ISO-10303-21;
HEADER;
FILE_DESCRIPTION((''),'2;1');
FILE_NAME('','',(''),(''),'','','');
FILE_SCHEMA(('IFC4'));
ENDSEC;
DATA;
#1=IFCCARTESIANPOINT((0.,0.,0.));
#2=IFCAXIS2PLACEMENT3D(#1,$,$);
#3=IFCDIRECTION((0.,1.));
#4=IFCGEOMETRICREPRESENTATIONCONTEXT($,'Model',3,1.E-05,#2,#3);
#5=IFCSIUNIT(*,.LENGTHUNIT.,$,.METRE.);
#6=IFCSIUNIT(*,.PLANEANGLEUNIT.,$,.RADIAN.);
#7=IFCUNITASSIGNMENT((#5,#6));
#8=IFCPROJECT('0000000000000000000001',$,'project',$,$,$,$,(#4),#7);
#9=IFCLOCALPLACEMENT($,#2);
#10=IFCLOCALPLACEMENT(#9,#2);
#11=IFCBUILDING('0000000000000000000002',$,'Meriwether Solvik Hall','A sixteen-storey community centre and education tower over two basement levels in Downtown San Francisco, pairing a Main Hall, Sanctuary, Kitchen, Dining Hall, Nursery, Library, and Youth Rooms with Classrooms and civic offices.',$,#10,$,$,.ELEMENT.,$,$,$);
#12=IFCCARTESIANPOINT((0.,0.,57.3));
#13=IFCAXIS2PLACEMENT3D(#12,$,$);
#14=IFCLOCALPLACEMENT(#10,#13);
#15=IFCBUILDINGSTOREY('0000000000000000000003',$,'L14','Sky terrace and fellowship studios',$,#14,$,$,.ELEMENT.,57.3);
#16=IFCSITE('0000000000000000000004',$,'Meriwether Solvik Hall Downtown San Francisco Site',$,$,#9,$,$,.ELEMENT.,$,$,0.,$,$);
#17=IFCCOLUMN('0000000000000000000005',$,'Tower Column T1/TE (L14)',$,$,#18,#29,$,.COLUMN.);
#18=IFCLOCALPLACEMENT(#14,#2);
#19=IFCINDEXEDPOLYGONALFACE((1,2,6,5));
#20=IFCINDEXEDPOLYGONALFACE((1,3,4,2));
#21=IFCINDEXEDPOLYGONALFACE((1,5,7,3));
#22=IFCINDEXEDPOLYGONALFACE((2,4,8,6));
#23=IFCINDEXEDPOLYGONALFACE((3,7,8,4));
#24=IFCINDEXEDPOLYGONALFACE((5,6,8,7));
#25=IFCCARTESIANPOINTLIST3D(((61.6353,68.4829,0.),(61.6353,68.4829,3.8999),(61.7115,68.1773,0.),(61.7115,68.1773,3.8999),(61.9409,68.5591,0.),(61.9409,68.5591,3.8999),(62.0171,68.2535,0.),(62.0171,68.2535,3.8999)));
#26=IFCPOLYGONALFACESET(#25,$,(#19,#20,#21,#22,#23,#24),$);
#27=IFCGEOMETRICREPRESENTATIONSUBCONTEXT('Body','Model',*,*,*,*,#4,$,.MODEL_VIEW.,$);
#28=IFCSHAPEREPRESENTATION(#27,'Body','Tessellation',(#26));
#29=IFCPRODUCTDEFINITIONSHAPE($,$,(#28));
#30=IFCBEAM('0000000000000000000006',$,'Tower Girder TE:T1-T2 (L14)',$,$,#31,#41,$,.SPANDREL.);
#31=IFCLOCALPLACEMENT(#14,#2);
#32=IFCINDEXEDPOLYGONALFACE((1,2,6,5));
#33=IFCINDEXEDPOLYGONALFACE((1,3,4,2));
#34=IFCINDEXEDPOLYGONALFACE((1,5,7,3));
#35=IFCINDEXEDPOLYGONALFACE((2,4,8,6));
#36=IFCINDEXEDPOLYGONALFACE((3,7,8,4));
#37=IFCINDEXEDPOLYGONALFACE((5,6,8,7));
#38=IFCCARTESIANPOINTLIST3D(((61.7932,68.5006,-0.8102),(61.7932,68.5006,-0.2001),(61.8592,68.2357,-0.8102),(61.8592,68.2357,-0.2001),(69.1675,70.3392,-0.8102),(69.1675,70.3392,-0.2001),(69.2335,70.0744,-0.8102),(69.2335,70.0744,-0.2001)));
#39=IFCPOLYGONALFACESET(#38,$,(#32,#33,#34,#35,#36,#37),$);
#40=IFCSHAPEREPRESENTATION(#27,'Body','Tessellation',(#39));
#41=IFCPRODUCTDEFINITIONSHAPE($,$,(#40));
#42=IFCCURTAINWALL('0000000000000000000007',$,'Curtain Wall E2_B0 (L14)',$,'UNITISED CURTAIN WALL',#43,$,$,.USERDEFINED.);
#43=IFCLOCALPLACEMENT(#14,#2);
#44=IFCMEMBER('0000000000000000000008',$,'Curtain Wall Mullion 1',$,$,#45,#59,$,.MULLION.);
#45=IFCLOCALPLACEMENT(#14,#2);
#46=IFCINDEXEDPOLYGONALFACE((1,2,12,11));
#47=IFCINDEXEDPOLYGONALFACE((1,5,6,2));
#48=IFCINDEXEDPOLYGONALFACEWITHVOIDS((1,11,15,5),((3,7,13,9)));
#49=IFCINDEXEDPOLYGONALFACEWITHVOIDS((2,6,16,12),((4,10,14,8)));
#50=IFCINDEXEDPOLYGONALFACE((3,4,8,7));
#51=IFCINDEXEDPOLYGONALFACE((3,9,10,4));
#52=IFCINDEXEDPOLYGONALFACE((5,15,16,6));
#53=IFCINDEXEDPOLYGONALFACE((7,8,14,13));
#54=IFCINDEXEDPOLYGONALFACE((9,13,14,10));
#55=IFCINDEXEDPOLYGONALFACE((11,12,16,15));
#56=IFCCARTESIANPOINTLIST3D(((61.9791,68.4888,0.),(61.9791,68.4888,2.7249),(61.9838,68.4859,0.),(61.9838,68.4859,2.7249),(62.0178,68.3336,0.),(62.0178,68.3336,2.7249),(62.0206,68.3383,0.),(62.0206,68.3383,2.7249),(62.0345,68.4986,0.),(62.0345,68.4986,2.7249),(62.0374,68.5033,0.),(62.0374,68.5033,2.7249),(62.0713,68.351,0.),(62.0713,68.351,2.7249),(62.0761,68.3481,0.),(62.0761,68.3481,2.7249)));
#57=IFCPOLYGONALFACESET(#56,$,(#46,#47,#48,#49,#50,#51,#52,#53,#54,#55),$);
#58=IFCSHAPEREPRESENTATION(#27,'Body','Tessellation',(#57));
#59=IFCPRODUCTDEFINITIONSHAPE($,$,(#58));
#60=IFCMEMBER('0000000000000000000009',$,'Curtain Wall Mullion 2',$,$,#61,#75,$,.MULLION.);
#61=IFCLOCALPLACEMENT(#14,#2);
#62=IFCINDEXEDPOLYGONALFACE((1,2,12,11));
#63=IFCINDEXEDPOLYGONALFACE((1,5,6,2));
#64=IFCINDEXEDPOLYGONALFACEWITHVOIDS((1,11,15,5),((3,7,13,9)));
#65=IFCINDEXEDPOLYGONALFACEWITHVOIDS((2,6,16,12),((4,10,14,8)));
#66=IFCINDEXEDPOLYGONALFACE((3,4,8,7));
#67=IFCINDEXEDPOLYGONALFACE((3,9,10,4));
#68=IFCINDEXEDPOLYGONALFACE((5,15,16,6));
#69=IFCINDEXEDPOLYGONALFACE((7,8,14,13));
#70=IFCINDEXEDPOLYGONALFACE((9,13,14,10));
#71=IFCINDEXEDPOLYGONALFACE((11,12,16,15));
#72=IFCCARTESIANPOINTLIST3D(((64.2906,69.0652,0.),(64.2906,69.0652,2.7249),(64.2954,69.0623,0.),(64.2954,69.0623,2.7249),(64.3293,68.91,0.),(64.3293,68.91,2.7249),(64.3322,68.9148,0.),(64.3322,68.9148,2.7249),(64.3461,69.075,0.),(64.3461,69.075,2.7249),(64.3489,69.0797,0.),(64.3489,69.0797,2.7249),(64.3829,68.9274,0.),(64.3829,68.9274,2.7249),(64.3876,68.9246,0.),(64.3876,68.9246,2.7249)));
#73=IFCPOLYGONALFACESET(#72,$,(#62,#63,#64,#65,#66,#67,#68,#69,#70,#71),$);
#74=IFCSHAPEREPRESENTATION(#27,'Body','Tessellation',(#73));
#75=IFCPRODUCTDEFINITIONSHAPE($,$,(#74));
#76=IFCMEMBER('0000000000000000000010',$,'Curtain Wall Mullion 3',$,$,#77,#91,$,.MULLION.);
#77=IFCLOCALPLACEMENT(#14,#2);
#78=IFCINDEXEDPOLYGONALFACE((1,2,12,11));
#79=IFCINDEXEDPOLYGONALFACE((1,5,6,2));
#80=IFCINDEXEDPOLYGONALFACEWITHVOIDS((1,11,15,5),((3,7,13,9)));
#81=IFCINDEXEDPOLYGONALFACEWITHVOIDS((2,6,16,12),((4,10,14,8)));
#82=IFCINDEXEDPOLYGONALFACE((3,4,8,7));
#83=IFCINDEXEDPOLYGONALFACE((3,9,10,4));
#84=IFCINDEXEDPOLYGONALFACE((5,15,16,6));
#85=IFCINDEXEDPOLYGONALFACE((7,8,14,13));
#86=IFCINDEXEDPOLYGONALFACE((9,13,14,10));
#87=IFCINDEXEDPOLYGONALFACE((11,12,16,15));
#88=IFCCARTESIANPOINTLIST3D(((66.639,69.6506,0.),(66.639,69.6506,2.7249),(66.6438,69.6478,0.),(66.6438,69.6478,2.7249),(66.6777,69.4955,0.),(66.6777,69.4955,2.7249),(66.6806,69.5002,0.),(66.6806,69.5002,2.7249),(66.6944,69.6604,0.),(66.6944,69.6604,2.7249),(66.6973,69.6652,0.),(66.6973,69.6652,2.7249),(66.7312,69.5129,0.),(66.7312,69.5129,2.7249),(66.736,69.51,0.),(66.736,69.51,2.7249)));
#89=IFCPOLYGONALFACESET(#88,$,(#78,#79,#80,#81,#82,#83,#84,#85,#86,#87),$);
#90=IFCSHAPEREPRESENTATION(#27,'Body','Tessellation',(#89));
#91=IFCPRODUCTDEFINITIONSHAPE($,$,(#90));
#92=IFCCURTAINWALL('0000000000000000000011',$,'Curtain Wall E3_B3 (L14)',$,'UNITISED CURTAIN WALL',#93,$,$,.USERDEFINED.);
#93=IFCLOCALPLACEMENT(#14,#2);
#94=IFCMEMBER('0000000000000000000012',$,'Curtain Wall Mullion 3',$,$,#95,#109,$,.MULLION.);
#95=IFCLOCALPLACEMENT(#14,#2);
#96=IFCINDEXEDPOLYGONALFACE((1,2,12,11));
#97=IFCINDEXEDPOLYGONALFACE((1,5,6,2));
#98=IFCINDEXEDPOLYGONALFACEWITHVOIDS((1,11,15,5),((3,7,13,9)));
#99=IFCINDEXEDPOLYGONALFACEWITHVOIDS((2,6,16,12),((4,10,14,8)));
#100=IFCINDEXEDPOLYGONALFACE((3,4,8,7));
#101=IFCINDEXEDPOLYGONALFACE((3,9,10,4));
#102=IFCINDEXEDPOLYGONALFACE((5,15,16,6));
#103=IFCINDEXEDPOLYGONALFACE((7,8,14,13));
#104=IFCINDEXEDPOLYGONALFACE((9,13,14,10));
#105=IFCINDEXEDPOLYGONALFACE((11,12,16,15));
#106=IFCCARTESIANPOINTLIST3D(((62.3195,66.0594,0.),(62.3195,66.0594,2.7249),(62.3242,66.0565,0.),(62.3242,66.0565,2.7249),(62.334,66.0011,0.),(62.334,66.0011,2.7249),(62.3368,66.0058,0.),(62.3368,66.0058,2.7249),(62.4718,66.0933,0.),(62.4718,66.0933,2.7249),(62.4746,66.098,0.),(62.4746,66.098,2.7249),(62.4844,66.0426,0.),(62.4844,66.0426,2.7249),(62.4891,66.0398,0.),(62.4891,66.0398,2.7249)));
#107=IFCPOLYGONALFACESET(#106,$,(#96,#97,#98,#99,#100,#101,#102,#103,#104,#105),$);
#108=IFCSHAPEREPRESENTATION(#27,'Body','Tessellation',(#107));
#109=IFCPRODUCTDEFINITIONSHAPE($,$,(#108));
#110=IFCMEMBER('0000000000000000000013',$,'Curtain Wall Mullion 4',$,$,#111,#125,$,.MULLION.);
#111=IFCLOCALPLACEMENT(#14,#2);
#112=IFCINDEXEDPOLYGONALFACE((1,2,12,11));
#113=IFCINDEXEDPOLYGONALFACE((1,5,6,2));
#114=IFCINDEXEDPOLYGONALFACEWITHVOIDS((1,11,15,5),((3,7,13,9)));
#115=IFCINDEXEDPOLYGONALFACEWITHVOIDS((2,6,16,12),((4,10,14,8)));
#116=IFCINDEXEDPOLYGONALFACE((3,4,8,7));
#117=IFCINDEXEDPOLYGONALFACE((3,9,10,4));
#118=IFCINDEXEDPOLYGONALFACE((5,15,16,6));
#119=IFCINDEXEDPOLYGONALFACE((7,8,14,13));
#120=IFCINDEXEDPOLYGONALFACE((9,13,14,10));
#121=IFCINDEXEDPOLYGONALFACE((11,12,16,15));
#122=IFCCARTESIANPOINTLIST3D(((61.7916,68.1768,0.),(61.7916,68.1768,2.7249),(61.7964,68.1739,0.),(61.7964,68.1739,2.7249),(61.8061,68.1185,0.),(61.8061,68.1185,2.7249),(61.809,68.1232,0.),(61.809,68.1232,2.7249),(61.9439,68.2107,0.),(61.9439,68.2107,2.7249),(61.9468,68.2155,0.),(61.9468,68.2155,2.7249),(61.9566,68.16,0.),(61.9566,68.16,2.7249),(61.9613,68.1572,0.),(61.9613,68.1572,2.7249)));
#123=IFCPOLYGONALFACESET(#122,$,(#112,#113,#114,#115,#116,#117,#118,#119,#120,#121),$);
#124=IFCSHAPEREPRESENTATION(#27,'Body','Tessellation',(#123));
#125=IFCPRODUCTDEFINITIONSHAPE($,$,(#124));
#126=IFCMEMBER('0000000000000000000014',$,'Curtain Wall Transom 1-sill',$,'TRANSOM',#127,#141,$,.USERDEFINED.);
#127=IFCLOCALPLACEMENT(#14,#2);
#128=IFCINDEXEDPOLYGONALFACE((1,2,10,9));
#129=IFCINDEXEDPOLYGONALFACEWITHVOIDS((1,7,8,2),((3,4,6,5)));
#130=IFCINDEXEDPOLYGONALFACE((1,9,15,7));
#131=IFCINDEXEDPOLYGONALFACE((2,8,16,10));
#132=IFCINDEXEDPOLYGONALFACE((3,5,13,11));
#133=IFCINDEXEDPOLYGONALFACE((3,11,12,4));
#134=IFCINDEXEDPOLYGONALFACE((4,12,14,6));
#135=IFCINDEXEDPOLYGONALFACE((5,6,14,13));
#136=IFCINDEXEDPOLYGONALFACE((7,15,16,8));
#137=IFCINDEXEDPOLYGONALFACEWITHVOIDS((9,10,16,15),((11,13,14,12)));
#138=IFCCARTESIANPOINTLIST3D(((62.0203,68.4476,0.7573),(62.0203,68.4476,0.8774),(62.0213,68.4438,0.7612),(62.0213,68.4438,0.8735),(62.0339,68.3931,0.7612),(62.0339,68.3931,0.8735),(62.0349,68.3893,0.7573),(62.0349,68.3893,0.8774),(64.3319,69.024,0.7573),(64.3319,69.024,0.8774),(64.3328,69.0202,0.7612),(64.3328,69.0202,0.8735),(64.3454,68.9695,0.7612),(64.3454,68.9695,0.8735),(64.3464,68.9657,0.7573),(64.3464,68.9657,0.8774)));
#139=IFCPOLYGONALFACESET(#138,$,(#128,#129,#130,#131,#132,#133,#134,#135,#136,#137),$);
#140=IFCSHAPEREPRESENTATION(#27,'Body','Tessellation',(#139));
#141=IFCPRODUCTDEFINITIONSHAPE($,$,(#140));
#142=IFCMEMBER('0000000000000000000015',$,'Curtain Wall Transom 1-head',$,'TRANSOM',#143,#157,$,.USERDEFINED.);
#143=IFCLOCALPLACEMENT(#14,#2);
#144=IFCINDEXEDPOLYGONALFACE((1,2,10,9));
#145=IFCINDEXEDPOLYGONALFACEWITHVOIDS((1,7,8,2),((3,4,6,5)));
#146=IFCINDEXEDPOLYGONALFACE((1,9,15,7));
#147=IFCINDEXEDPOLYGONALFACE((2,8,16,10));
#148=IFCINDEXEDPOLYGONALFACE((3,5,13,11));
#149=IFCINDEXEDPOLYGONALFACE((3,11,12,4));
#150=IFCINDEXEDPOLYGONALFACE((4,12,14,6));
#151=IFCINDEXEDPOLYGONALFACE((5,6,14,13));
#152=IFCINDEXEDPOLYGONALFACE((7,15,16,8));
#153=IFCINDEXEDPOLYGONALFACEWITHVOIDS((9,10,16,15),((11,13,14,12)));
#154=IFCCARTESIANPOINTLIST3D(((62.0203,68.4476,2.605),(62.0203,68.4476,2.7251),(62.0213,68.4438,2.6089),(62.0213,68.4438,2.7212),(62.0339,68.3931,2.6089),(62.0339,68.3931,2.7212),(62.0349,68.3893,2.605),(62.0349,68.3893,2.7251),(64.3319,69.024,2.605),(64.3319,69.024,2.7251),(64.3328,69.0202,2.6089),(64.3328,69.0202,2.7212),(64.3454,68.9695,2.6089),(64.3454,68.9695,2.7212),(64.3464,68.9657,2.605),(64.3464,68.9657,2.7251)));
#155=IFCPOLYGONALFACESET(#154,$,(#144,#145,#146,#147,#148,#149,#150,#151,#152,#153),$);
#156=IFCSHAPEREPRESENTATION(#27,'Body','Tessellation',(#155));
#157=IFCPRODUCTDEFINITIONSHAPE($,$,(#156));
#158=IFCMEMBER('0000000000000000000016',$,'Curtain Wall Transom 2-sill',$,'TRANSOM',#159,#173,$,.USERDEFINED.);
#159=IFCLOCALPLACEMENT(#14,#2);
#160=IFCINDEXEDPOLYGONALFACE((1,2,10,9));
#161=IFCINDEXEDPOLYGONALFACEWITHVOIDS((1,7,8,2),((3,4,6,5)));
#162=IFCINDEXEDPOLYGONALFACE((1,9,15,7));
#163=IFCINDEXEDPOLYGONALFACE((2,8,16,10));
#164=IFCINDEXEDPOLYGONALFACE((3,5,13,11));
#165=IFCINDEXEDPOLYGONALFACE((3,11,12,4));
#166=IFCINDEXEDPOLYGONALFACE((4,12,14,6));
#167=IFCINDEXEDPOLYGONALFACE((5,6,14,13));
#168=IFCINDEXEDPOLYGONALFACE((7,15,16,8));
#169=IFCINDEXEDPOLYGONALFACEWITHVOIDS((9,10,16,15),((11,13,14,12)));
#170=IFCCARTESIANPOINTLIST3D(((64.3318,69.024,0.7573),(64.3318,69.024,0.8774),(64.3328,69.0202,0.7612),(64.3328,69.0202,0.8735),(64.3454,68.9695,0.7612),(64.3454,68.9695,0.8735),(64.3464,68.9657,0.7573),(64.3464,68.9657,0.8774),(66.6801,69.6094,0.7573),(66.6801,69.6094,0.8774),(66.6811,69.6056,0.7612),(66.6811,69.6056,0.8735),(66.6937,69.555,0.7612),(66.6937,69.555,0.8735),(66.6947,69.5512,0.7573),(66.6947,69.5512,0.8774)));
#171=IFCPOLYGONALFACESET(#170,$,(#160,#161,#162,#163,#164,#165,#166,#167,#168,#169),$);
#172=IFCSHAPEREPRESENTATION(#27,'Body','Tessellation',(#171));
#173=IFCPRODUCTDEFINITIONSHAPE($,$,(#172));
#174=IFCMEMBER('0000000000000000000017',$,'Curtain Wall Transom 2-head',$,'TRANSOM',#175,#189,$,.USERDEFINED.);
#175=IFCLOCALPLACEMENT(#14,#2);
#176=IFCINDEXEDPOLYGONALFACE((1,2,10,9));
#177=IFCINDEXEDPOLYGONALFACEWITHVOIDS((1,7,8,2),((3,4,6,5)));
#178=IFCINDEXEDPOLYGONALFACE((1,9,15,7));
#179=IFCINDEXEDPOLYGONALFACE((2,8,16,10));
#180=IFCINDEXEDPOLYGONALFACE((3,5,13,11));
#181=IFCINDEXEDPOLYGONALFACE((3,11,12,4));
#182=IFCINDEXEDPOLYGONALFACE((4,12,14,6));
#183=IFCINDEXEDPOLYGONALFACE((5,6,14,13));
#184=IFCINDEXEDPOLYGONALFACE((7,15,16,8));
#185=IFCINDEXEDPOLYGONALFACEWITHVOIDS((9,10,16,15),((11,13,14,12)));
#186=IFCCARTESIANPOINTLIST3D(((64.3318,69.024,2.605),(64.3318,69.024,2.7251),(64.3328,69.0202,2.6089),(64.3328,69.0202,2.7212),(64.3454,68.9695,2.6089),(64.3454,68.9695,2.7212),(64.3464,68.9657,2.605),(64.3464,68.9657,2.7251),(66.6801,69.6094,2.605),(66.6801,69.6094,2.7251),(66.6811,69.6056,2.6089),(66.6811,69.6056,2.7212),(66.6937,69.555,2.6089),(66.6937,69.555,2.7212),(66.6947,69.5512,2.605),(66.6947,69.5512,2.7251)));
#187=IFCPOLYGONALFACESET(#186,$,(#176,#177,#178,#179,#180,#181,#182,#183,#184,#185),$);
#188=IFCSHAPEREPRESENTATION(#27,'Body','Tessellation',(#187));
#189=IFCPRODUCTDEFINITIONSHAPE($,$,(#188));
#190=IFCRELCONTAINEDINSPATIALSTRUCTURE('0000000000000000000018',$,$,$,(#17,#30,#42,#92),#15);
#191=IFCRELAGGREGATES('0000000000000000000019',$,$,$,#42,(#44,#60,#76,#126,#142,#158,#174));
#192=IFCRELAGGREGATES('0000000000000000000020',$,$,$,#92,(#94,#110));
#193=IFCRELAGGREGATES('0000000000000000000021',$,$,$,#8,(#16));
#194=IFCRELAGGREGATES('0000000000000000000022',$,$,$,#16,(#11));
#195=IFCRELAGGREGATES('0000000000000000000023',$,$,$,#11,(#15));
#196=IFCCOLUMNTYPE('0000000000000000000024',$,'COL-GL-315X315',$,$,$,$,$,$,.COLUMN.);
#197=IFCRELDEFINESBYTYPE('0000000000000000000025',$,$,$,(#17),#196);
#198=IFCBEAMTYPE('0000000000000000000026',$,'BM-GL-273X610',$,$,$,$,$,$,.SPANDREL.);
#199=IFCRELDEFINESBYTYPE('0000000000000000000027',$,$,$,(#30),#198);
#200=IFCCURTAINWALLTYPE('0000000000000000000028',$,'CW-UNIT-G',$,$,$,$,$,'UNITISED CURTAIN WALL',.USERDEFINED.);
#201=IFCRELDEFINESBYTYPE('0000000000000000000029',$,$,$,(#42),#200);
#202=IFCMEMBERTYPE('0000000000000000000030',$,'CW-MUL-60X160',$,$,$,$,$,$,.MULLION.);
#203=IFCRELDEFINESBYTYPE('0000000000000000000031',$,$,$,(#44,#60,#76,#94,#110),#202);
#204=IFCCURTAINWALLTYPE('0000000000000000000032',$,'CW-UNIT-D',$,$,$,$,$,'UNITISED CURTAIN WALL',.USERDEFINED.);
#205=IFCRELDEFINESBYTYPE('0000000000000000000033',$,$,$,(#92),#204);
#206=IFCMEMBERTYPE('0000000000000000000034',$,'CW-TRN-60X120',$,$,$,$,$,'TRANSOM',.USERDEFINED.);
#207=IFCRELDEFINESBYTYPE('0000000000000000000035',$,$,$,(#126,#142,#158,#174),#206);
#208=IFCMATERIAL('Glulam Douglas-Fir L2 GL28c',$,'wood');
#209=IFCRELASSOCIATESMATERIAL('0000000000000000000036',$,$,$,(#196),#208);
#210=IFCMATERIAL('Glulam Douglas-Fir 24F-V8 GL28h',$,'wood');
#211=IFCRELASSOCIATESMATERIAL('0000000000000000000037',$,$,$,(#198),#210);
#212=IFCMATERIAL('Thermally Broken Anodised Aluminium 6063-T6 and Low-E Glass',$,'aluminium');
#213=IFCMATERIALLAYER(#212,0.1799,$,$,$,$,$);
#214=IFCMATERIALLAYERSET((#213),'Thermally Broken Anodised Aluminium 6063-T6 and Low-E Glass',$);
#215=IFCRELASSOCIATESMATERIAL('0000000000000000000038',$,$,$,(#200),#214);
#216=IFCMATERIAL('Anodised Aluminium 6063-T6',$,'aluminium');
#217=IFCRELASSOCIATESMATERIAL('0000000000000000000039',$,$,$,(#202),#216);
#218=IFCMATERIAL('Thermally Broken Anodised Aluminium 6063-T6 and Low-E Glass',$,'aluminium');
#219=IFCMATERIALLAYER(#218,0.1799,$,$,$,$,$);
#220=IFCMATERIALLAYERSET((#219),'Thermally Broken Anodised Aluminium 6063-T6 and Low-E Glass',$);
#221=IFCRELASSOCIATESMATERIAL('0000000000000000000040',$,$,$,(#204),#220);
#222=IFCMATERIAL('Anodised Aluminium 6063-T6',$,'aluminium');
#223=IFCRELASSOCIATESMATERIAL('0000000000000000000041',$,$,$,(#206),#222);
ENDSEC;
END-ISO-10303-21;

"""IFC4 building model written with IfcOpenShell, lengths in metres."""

from ifc_helpers import new_model, si_unit, direction, frame, origin, origin_2d, place, context, subcontext, project, spatial, rectangle, hollow_rectangle, extrude, material, layer, layer_set, material_profile, profile_set, type_object, element, aggregate, save


model = new_model("IFC4")

# Units and contexts
model_context = context("Model", 3, precision=1e-05, world=origin(), true_north=direction((0.0, 1.0)))
body_context = subcontext(model_context, "Body", "Model", "MODEL_VIEW")
ifc_project = project(units=[si_unit("LENGTHUNIT", "METRE"), si_unit("PLANEANGLEUNIT", "RADIAN")], contexts=[model_context])

# Site, building, storey
site_placement = place(None, origin())
site = spatial("IfcSite", under=ifc_project, at=site_placement, Name="Meriwether Solvik Hall Downtown San Francisco Site", CompositionType="ELEMENT", RefElevation=0.0)
building_placement = place(site_placement, origin())
building = spatial("IfcBuilding", under=site, at=building_placement, Name="Meriwether Solvik Hall", Description="A sixteen-storey community centre and education tower over two basement levels in Downtown San Francisco, pairing a Main Hall, Sanctuary, Kitchen, Dining Hall, Nursery, Library, and Youth Rooms with Classrooms and civic offices.", CompositionType="ELEMENT")
storey_placement = place(building_placement, frame((0.0, 0.0, 57.3)))
storey = spatial("IfcBuildingStorey", under=building, at=storey_placement, Name="L14", Description="Sky terrace and fellowship studios", CompositionType="ELEMENT", Elevation=57.3)

# Column
ifc_material_1 = material(Name="Glulam Douglas-Fir L2 GL28c", Category="wood")
ifc_material_profile_1 = material_profile(ifc_material_1, rectangle(XDim=0.3149, YDim=0.3149, at=origin_2d()), Name="GLC-315X315")
ifc_profile_set_1 = profile_set([ifc_material_profile_1], Name="Glulam Douglas-Fir L2 GL28c")
column_type = type_object("IfcColumnType", Name="COL-GL-315X315", PredefinedType="COLUMN", material=ifc_profile_set_1)
column_placement = place(storey_placement, frame((61.8262, 68.3682, 0.0), z_axis=(0.0, 0.0, 1.0), x_axis=(0.970296, 0.241922, 0.0)))
element("IfcColumn", 1, at=column_placement, inside=storey, type_object=column_type, Name="Tower Column T1/TE (L14)", PredefinedType="COLUMN", context=body_context, shape_type="SweptSolid", body=[
    extrude(rectangle(XDim=0.3149, YDim=0.3149, at=origin_2d()), origin(), (0.0, 0.0, 1.0), 3.8999),
])

# Beam
ifc_material_2 = material(Name="Glulam Douglas-Fir 24F-V8 GL28h", Category="wood")
ifc_material_profile_2 = material_profile(ifc_material_2, rectangle(XDim=0.2729, YDim=0.6101, at=origin_2d()), Name="GLB-273X610")
ifc_profile_set_2 = profile_set([ifc_material_profile_2], Name="Glulam Douglas-Fir 24F-V8 GL28h")
beam_type = type_object("IfcBeamType", Name="BM-GL-273X610", PredefinedType="SPANDREL", material=ifc_profile_set_2)
beam_placement = place(storey_placement, frame((61.8262, 68.3682, -0.5051), z_axis=(0.970295, 0.241923, 0.0), x_axis=(-0.241923, 0.970295, 0.0)))
element("IfcBeam", 2, at=beam_placement, inside=storey, type_object=beam_type, Name="Tower Girder TE:T1-T2 (L14)", PredefinedType="SPANDREL", context=body_context, shape_type="SweptSolid", body=[
    extrude(rectangle(XDim=0.2729, YDim=0.6101, at=origin_2d()), origin(), (0.0, 0.0, 1.0), 7.6001),
])

# Curtain walls, members
ifc_material_3 = material(Name="Thermally Broken Anodised Aluminium 6063-T6 and Low-E Glass", Category="aluminium")
ifc_layer_1 = layer(ifc_material_3, 0.1799)
ifc_layer_set_1 = layer_set([ifc_layer_1], Name="Thermally Broken Anodised Aluminium 6063-T6 and Low-E Glass")
curtain_wall_type_1 = type_object("IfcCurtainWallType", Name="CW-UNIT-G", ElementType="UNITISED CURTAIN WALL", PredefinedType="USERDEFINED", material=ifc_layer_set_1)
curtain_wall_1_placement = place(storey_placement, origin())
curtain_wall_1 = element("IfcCurtainWall", 3, at=curtain_wall_1_placement, inside=storey, type_object=curtain_wall_type_1, Name="Curtain Wall E2_B0 (L14)", ObjectType="UNITISED CURTAIN WALL", PredefinedType="USERDEFINED")
ifc_material_4 = material(Name="Anodised Aluminium 6063-T6", Category="aluminium")
ifc_material_profile_3 = material_profile(ifc_material_4, hollow_rectangle(XDim=0.0601, YDim=0.1599, WallThickness=0.0039, at=origin_2d()), Name="CWM-60X160")
ifc_profile_set_3 = profile_set([ifc_material_profile_3], Name="Anodised Aluminium 6063-T6")
member_type_1 = type_object("IfcMemberType", Name="CW-MUL-60X160", PredefinedType="MULLION", material=ifc_profile_set_3)
member_1_placement = place(storey_placement, frame((62.0276, 68.4185, 0.0), z_axis=(0.0, 0.0, 1.0), x_axis=(0.970296, 0.241922, 0.0)))
member_1 = element("IfcMember", 4, at=member_1_placement, type_object=member_type_1, Name="Curtain Wall Mullion 1", PredefinedType="MULLION", context=body_context, shape_type="SweptSolid", body=[
    extrude(hollow_rectangle(XDim=0.0601, YDim=0.1599, WallThickness=0.0039, at=origin_2d()), origin(), (0.0, 0.0, 1.0), 2.7249),
])
member_2_placement = place(storey_placement, frame((64.3391, 68.9949, 0.0), z_axis=(0.0, 0.0, 1.0), x_axis=(0.970296, 0.241922, 0.0)))
member_2 = element("IfcMember", 5, at=member_2_placement, type_object=member_type_1, Name="Curtain Wall Mullion 2", PredefinedType="MULLION", context=body_context, shape_type="SweptSolid", body=[
    extrude(hollow_rectangle(XDim=0.0601, YDim=0.1599, WallThickness=0.0039, at=origin_2d()), origin(), (0.0, 0.0, 1.0), 2.7249),
])
member_3_placement = place(storey_placement, frame((66.6875, 69.5803, 0.0), z_axis=(0.0, 0.0, 1.0), x_axis=(0.970296, 0.241922, 0.0)))
member_3 = element("IfcMember", 6, at=member_3_placement, type_object=member_type_1, Name="Curtain Wall Mullion 3", PredefinedType="MULLION", context=body_context, shape_type="SweptSolid", body=[
    extrude(hollow_rectangle(XDim=0.0601, YDim=0.1599, WallThickness=0.0039, at=origin_2d()), origin(), (0.0, 0.0, 1.0), 2.7249),
])
ifc_material_5 = material(Name="Thermally Broken Anodised Aluminium 6063-T6 and Low-E Glass", Category="aluminium")
ifc_layer_2 = layer(ifc_material_5, 0.1799)
ifc_layer_set_2 = layer_set([ifc_layer_2], Name="Thermally Broken Anodised Aluminium 6063-T6 and Low-E Glass")
curtain_wall_type_2 = type_object("IfcCurtainWallType", Name="CW-UNIT-D", ElementType="UNITISED CURTAIN WALL", PredefinedType="USERDEFINED", material=ifc_layer_set_2)
curtain_wall_2_placement = place(storey_placement, origin())
curtain_wall_2 = element("IfcCurtainWall", 7, at=curtain_wall_2_placement, inside=storey, type_object=curtain_wall_type_2, Name="Curtain Wall E3_B3 (L14)", ObjectType="UNITISED CURTAIN WALL", PredefinedType="USERDEFINED")
member_4_placement = place(storey_placement, frame((62.4043, 66.0496, 0.0), z_axis=(0.0, 0.0, 1.0), x_axis=(-0.241922, 0.970296, 0.0)))
member_4 = element("IfcMember", 8, at=member_4_placement, type_object=member_type_1, Name="Curtain Wall Mullion 3", PredefinedType="MULLION", context=body_context, shape_type="SweptSolid", body=[
    extrude(hollow_rectangle(XDim=0.0601, YDim=0.1599, WallThickness=0.0039, at=origin_2d()), origin(), (0.0, 0.0, 1.0), 2.7249),
])
member_5_placement = place(storey_placement, frame((61.8765, 68.167, 0.0), z_axis=(0.0, 0.0, 1.0), x_axis=(-0.241922, 0.970296, 0.0)))
member_5 = element("IfcMember", 9, at=member_5_placement, type_object=member_type_1, Name="Curtain Wall Mullion 4", PredefinedType="MULLION", context=body_context, shape_type="SweptSolid", body=[
    extrude(hollow_rectangle(XDim=0.0601, YDim=0.1599, WallThickness=0.0039, at=origin_2d()), origin(), (0.0, 0.0, 1.0), 2.7249),
])

# Members
ifc_material_6 = material(Name="Anodised Aluminium 6063-T6", Category="aluminium")
ifc_material_profile_4 = material_profile(ifc_material_6, hollow_rectangle(XDim=0.0601, YDim=0.1201, WallThickness=0.0039, at=origin_2d()), Name="CWT-60X120")
ifc_profile_set_4 = profile_set([ifc_material_profile_4], Name="Anodised Aluminium 6063-T6")
member_type_2 = type_object("IfcMemberType", Name="CW-TRN-60X120", ElementType="TRANSOM", PredefinedType="USERDEFINED", material=ifc_profile_set_4)
member_6_placement = place(storey_placement, frame((62.0276, 68.4185, 0.8174), z_axis=(0.970287, 0.241957, 0.0), x_axis=(-0.241957, 0.970287, 0.0)))
member_6 = element("IfcMember", 10, at=member_6_placement, type_object=member_type_2, Name="Curtain Wall Transom 1-sill", ObjectType="TRANSOM", PredefinedType="USERDEFINED", context=body_context, shape_type="SweptSolid", body=[
    extrude(hollow_rectangle(XDim=0.0601, YDim=0.1201, WallThickness=0.0039, at=origin_2d()), origin(), (0.0, 0.0, 1.0), 2.3823),
])
member_7_placement = place(storey_placement, frame((62.0276, 68.4185, 2.665), z_axis=(0.970287, 0.241957, 0.0), x_axis=(-0.241957, 0.970287, 0.0)))
member_7 = element("IfcMember", 11, at=member_7_placement, type_object=member_type_2, Name="Curtain Wall Transom 1-head", ObjectType="TRANSOM", PredefinedType="USERDEFINED", context=body_context, shape_type="SweptSolid", body=[
    extrude(hollow_rectangle(XDim=0.0601, YDim=0.1201, WallThickness=0.0039, at=origin_2d()), origin(), (0.0, 0.0, 1.0), 2.3823),
])
member_8_placement = place(storey_placement, frame((64.3391, 68.9949, 0.8174), z_axis=(0.970302, 0.241895, 0.0), x_axis=(-0.241895, 0.970302, 0.0)))
member_8 = element("IfcMember", 12, at=member_8_placement, type_object=member_type_2, Name="Curtain Wall Transom 2-sill", ObjectType="TRANSOM", PredefinedType="USERDEFINED", context=body_context, shape_type="SweptSolid", body=[
    extrude(hollow_rectangle(XDim=0.0601, YDim=0.1201, WallThickness=0.0039, at=origin_2d()), origin(), (0.0, 0.0, 1.0), 2.4202),
])
member_9_placement = place(storey_placement, frame((64.3391, 68.9949, 2.665), z_axis=(0.970302, 0.241895, 0.0), x_axis=(-0.241895, 0.970302, 0.0)))
member_9 = element("IfcMember", 13, at=member_9_placement, type_object=member_type_2, Name="Curtain Wall Transom 2-head", ObjectType="TRANSOM", PredefinedType="USERDEFINED", context=body_context, shape_type="SweptSolid", body=[
    extrude(hollow_rectangle(XDim=0.0601, YDim=0.1201, WallThickness=0.0039, at=origin_2d()), origin(), (0.0, 0.0, 1.0), 2.4202),
])

aggregate(curtain_wall_1, [member_1, member_2, member_3, member_6, member_7, member_8, member_9])
aggregate(curtain_wall_2, [member_4, member_5])

save(model, "model.ifc")
